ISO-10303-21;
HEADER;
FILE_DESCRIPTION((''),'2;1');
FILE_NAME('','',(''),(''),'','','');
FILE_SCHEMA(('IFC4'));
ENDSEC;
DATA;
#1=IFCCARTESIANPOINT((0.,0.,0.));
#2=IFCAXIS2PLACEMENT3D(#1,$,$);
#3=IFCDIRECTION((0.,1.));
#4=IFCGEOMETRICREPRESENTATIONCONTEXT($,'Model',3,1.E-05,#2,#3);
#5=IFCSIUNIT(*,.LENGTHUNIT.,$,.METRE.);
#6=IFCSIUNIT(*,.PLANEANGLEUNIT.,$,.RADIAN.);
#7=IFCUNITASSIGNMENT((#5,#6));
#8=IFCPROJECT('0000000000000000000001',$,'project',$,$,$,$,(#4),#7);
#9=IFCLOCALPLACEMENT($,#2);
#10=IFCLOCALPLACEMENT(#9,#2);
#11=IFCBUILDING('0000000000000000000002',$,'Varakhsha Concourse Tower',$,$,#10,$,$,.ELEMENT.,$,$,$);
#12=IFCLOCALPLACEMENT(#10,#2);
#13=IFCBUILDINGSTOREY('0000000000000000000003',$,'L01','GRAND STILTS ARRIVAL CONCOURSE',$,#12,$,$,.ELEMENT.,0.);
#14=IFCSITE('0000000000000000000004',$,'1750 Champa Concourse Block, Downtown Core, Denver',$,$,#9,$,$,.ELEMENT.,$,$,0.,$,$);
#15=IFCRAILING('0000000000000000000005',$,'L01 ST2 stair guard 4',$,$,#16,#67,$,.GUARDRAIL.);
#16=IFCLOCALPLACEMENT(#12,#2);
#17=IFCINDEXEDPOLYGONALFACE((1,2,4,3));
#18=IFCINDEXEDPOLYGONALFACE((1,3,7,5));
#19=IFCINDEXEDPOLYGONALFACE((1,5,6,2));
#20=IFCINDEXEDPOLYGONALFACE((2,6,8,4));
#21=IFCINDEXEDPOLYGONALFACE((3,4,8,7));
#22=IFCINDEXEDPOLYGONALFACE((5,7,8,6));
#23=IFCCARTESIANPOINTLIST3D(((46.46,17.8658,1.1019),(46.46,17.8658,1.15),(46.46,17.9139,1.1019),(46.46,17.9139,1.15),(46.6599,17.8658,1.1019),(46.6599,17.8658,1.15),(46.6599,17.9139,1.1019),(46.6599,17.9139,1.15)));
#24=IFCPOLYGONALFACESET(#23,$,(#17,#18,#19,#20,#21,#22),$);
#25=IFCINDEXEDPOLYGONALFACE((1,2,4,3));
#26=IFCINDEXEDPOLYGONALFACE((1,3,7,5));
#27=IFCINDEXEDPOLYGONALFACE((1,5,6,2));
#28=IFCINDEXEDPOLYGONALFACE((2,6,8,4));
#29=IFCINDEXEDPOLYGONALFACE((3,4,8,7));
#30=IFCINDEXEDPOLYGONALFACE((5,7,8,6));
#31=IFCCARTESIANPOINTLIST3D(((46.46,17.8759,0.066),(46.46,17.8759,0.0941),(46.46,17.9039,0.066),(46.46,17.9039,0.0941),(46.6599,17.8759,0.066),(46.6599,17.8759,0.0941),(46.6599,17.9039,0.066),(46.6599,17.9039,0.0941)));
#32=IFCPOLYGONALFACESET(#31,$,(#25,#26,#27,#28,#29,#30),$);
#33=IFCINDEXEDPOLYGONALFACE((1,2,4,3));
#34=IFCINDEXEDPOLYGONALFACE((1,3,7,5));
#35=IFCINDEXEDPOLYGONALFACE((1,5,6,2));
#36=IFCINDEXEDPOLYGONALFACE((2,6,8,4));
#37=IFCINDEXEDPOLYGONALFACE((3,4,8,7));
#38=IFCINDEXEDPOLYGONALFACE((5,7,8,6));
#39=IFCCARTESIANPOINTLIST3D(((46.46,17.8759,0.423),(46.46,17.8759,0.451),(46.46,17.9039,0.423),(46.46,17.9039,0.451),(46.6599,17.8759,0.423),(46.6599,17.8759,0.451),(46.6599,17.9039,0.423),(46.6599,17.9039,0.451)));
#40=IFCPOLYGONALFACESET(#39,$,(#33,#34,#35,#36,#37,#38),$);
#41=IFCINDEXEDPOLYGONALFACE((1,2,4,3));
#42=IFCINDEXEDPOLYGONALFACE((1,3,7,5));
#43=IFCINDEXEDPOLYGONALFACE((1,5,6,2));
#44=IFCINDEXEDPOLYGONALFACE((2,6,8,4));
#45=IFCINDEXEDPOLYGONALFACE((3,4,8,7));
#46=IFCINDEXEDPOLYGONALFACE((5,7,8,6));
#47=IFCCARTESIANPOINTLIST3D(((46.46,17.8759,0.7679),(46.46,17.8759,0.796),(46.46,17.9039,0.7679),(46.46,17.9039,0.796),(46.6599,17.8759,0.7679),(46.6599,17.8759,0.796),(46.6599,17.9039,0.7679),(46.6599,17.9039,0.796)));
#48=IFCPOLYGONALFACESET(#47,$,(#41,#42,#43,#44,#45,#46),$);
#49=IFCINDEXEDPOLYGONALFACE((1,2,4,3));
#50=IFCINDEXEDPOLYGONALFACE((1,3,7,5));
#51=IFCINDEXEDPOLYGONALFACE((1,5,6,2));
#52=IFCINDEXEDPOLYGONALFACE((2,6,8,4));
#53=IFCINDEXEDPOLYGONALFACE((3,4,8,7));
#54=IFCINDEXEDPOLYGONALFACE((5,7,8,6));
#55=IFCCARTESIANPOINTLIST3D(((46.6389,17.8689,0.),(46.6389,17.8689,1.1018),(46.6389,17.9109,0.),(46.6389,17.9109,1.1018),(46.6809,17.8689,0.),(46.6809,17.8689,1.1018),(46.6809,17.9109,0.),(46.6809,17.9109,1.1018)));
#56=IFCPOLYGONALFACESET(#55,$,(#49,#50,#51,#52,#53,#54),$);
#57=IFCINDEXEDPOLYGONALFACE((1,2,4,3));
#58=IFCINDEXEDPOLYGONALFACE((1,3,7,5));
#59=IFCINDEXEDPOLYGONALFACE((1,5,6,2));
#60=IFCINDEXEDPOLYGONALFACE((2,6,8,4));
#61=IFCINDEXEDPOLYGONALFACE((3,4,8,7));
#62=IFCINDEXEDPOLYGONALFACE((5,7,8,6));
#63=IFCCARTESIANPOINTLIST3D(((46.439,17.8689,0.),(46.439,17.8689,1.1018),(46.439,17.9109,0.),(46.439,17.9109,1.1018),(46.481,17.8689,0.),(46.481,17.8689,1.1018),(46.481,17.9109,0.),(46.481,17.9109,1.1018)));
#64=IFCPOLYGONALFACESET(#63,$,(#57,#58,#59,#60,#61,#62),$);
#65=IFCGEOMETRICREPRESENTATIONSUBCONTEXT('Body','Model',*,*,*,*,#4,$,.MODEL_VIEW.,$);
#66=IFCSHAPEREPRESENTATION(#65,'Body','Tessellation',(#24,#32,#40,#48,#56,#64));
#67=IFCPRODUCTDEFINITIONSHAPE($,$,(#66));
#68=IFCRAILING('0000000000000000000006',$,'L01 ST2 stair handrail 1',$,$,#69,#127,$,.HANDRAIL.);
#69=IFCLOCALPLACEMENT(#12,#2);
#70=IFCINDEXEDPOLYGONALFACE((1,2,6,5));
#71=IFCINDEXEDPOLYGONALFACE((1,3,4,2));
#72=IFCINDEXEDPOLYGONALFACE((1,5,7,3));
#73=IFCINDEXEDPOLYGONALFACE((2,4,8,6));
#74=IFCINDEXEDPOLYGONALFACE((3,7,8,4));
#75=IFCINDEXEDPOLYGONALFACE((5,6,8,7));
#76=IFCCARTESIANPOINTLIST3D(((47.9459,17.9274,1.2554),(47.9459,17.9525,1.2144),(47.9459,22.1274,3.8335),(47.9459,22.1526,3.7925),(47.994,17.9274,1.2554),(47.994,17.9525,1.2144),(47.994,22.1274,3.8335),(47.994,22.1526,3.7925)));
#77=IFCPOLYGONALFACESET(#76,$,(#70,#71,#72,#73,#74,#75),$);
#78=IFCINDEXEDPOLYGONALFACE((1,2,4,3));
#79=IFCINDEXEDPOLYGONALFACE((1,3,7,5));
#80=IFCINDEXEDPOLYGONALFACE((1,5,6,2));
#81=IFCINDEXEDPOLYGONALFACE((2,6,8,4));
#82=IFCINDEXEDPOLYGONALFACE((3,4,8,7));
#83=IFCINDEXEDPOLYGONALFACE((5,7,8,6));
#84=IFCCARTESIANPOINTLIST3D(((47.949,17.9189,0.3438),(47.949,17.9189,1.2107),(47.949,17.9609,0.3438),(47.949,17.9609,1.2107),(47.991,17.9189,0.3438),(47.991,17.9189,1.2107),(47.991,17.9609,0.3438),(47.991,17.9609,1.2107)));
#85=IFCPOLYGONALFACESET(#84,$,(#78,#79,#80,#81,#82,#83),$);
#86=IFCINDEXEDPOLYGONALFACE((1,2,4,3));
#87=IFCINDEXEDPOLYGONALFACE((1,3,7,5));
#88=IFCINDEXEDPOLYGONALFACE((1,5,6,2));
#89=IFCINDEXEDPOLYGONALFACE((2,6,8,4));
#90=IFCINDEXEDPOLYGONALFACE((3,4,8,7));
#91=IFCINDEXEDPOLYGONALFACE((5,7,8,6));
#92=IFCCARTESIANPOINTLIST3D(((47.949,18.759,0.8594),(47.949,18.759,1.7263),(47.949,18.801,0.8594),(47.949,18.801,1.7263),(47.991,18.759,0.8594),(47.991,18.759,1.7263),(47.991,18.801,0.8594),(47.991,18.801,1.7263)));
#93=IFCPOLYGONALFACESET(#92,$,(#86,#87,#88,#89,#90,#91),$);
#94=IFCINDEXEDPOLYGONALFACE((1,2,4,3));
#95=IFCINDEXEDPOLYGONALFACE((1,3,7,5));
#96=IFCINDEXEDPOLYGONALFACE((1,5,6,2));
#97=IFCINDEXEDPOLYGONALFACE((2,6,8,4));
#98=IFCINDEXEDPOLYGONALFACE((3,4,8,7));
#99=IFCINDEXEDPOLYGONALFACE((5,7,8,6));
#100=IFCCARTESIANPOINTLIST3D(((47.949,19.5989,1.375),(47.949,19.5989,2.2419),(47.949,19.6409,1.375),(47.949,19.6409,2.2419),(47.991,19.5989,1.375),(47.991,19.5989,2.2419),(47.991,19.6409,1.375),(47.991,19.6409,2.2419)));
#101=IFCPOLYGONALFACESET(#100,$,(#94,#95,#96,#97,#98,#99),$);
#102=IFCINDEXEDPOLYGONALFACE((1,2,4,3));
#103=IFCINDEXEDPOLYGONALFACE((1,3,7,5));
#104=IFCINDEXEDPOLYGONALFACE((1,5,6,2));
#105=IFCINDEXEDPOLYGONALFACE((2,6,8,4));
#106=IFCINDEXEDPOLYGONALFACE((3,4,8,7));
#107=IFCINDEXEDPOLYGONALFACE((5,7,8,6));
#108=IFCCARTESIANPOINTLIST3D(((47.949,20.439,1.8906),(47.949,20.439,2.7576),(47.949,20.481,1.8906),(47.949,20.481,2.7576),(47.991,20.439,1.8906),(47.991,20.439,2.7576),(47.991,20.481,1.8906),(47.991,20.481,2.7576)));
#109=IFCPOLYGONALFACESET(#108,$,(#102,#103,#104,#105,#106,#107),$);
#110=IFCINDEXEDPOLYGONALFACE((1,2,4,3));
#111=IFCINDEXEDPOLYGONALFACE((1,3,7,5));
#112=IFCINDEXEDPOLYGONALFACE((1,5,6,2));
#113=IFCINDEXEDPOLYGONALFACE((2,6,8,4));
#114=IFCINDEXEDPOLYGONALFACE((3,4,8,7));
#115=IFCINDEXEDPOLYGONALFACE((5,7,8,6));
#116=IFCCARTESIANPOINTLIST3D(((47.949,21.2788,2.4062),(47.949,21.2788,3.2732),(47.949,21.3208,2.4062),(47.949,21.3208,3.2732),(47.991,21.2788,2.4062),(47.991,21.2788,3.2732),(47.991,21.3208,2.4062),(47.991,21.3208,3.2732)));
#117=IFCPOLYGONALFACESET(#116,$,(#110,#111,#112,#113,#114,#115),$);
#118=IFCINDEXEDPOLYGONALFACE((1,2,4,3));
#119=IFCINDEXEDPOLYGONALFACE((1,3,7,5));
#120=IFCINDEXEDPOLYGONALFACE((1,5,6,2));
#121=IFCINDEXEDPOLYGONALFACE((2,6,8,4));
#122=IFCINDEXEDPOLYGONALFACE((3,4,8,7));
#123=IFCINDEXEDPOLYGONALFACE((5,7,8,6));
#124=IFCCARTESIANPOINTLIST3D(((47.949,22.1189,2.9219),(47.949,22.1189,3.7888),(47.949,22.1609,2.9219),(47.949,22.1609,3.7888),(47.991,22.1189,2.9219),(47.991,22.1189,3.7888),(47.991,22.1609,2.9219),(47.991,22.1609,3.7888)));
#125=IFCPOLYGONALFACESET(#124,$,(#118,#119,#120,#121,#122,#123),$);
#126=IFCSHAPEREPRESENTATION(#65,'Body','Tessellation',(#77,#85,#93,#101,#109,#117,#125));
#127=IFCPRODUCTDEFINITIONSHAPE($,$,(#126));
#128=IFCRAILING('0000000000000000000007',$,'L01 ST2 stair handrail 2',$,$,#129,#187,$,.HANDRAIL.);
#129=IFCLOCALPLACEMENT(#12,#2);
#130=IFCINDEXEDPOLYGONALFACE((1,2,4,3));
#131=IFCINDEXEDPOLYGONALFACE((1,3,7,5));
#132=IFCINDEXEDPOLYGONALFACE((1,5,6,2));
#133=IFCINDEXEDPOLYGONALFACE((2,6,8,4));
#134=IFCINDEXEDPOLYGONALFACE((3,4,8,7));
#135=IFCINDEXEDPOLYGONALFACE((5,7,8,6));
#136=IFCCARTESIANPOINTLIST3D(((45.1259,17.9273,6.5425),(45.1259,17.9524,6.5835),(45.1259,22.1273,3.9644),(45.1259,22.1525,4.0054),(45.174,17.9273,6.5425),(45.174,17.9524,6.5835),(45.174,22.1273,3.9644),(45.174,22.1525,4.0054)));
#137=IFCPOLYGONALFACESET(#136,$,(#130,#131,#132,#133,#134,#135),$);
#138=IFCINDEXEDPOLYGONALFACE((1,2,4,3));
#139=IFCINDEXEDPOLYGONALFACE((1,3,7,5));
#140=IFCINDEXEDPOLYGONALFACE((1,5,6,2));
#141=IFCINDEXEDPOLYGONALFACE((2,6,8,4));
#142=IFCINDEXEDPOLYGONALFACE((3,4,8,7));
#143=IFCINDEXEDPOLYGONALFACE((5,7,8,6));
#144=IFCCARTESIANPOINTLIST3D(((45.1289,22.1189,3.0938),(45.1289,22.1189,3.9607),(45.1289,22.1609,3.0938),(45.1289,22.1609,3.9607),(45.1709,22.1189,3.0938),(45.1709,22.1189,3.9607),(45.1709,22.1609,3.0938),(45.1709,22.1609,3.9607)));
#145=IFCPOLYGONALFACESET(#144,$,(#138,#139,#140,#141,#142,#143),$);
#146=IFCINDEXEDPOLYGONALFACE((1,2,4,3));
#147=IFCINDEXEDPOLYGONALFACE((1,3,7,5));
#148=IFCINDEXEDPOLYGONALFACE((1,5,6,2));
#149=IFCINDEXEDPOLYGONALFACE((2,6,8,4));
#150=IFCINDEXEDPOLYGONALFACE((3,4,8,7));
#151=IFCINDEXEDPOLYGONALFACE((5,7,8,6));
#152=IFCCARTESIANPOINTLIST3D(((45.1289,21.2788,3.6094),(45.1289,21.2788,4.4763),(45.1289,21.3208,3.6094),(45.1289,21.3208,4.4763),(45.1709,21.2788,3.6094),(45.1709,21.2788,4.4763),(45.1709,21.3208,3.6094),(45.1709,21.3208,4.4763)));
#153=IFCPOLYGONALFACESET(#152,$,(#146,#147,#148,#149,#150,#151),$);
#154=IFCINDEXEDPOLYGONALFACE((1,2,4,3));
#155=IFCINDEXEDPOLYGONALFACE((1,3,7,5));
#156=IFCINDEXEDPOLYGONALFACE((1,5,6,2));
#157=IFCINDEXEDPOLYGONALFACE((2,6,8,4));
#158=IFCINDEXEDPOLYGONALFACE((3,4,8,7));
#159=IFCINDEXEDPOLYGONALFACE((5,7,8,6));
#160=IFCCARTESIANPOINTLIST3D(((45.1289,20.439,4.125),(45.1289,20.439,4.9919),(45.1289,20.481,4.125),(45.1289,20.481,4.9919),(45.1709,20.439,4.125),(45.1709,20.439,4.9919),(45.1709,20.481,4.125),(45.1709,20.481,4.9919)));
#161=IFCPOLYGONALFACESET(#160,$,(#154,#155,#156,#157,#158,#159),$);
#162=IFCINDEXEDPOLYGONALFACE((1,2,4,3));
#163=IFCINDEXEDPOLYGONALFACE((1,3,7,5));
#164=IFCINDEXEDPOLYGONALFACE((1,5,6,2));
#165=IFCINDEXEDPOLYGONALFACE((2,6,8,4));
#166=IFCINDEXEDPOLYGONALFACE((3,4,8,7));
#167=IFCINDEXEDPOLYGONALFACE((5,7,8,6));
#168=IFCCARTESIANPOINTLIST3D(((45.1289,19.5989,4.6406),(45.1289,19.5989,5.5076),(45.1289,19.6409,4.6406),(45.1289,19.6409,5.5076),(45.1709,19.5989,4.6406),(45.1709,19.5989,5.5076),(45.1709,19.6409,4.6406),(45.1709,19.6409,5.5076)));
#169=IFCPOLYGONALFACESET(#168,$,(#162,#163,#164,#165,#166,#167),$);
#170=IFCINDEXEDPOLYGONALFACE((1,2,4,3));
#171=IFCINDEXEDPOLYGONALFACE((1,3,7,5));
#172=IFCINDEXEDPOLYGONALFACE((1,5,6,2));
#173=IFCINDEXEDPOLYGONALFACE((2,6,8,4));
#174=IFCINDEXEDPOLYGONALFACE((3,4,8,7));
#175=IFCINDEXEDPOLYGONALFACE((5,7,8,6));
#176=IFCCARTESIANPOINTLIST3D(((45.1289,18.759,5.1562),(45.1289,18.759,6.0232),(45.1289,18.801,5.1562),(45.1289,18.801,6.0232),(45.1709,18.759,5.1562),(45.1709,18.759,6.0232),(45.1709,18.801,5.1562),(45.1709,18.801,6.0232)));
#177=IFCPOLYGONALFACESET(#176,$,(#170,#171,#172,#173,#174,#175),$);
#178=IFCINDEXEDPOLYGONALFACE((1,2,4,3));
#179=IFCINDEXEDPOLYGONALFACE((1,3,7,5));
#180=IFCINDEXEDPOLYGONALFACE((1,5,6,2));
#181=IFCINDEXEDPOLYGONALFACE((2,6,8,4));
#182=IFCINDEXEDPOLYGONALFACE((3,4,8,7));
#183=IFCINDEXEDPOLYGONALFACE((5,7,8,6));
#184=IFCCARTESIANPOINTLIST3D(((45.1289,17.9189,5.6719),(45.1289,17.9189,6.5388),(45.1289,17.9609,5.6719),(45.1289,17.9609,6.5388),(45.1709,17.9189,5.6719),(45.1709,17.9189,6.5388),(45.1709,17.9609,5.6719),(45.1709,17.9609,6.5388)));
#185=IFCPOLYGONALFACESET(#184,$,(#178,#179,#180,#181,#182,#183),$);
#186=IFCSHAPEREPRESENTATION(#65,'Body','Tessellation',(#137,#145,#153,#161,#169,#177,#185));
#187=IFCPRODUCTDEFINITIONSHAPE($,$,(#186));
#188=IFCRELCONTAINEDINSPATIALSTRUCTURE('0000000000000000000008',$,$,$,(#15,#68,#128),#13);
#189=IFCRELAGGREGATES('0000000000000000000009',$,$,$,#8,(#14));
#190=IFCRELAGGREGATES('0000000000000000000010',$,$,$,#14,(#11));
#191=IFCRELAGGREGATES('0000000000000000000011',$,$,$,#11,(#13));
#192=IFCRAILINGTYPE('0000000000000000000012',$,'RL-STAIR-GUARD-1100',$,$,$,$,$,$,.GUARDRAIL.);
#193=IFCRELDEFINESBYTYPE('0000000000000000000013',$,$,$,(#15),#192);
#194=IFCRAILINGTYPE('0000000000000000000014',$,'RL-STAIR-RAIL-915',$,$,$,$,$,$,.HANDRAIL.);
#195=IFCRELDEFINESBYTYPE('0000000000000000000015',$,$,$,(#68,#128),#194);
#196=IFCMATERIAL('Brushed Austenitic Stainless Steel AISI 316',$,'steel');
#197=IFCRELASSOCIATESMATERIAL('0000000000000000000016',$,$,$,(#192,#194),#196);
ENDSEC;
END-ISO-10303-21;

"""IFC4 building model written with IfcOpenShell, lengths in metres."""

from ifc_helpers import new_model, si_unit, direction, frame, origin, origin_2d, place, context, subcontext, project, spatial, rectangle, extrude, material, type_object, element, save


model = new_model("IFC4")

# Units and contexts
model_context = context("Model", 3, precision=1e-05, world=origin(), true_north=direction((0.0, 1.0)))
body_context = subcontext(model_context, "Body", "Model", "MODEL_VIEW")
ifc_project = project(units=[si_unit("LENGTHUNIT", "METRE"), si_unit("PLANEANGLEUNIT", "RADIAN")], contexts=[model_context])

# Site, building, storey
site_placement = place(None, origin())
site = spatial("IfcSite", under=ifc_project, at=site_placement, Name="1750 Champa Concourse Block, Downtown Core, Denver", CompositionType="ELEMENT", RefElevation=0.0)
building_placement = place(site_placement, origin())
building = spatial("IfcBuilding", under=site, at=building_placement, Name="Varakhsha Concourse Tower", CompositionType="ELEMENT")
storey_placement = place(building_placement, origin())
storey = spatial("IfcBuildingStorey", under=building, at=storey_placement, Name="L01", Description="GRAND STILTS ARRIVAL CONCOURSE", CompositionType="ELEMENT", Elevation=0.0)

# Railings
ifc_material_1 = material(Name="Brushed Austenitic Stainless Steel AISI 316", Category="steel")
railing_type_1 = type_object("IfcRailingType", Name="RL-STAIR-GUARD-1100", PredefinedType="GUARDRAIL", material=ifc_material_1)
railing_1_placement = place(storey_placement, frame((46.6599, 17.8899, 0.0)))
element("IfcRailing", 1, at=railing_1_placement, inside=storey, type_object=railing_type_1, Name="L01 ST2 stair guard 4", PredefinedType="GUARDRAIL", context=body_context, shape_type="SweptSolid", body=[
    extrude(rectangle(XDim=0.0481, YDim=0.0481, at=origin_2d()), frame((0.0, 0.0, 1.126), z_axis=(-1.0, 0.0, 0.0), x_axis=(0.0, -1.0, 0.0)), (0.0, 0.0, 1.0), 0.2),
    extrude(rectangle(XDim=0.0281, YDim=0.0281, at=origin_2d()), frame((0.0, 0.0, 0.0801), z_axis=(-1.0, 0.0, 0.0), x_axis=(0.0, -1.0, 0.0)), (0.0, 0.0, 1.0), 0.2),
    extrude(rectangle(XDim=0.0281, YDim=0.0281, at=origin_2d()), frame((0.0, 0.0, 0.437), z_axis=(-1.0, 0.0, 0.0), x_axis=(0.0, -1.0, 0.0)), (0.0, 0.0, 1.0), 0.2),
    extrude(rectangle(XDim=0.0281, YDim=0.0281, at=origin_2d()), frame((0.0, 0.0, 0.782), z_axis=(-1.0, 0.0, 0.0), x_axis=(0.0, -1.0, 0.0)), (0.0, 0.0, 1.0), 0.2),
    extrude(rectangle(XDim=0.042, YDim=0.042, at=origin_2d()), origin(), (0.0, 0.0, 1.0), 1.1018),
    extrude(rectangle(XDim=0.042, YDim=0.042, at=origin_2d()), frame((-0.2, 0.0, 0.0)), (0.0, 0.0, 1.0), 1.1018),
])
railing_type_2 = type_object("IfcRailingType", Name="RL-STAIR-RAIL-915", PredefinedType="HANDRAIL", material=ifc_material_1)
railing_2_placement = place(storey_placement, frame((47.97, 17.9399, 0.3438)))
element("IfcRailing", 2, at=railing_2_placement, inside=storey, type_object=railing_type_2, Name="L01 ST2 stair handrail 1", PredefinedType="HANDRAIL", context=body_context, shape_type="SweptSolid", body=[
    extrude(rectangle(XDim=0.0481, YDim=0.0481, at=origin_2d()), frame((0.0, 0.0, 0.8911), z_axis=(0.0, 0.852243, 0.523146), x_axis=(-1.0, 0.0, 0.0)), (0.0, 0.0, 1.0), 4.9282),
    extrude(rectangle(XDim=0.042, YDim=0.042, at=origin_2d()), origin(), (0.0, 0.0, 1.0), 0.8669),
    extrude(rectangle(XDim=0.042, YDim=0.042, at=origin_2d()), frame((0.0, 0.8401, 0.5156)), (0.0, 0.0, 1.0), 0.8669),
    extrude(rectangle(XDim=0.042, YDim=0.042, at=origin_2d()), frame((0.0, 1.6799, 1.0312)), (0.0, 0.0, 1.0), 0.8669),
    extrude(rectangle(XDim=0.042, YDim=0.042, at=origin_2d()), frame((0.0, 2.52, 1.5469)), (0.0, 0.0, 1.0), 0.8669),
    extrude(rectangle(XDim=0.042, YDim=0.042, at=origin_2d()), frame((0.0, 3.3599, 2.0625)), (0.0, 0.0, 1.0), 0.8669),
    extrude(rectangle(XDim=0.042, YDim=0.042, at=origin_2d()), frame((0.0, 4.2, 2.5781)), (0.0, 0.0, 1.0), 0.8669),
])
railing_3_placement = place(storey_placement, frame((45.1499, 22.1399, 3.0938)))
element("IfcRailing", 3, at=railing_3_placement, inside=storey, type_object=railing_type_2, Name="L01 ST2 stair handrail 2", PredefinedType="HANDRAIL", context=body_context, shape_type="SweptSolid", body=[
    extrude(rectangle(XDim=0.0481, YDim=0.0481, at=origin_2d()), frame((0.0, 0.0, 0.8911), z_axis=(0.0, -0.852243, 0.523146), x_axis=(1.0, 0.0, 0.0)), (0.0, 0.0, 1.0), 4.9282),
    extrude(rectangle(XDim=0.042, YDim=0.042, at=origin_2d()), origin(), (0.0, 0.0, 1.0), 0.8669),
    extrude(rectangle(XDim=0.042, YDim=0.042, at=origin_2d()), frame((0.0, -0.8401, 0.5156)), (0.0, 0.0, 1.0), 0.8669),
    extrude(rectangle(XDim=0.042, YDim=0.042, at=origin_2d()), frame((0.0, -1.6799, 1.0312)), (0.0, 0.0, 1.0), 0.8669),
    extrude(rectangle(XDim=0.042, YDim=0.042, at=origin_2d()), frame((0.0, -2.52, 1.5469)), (0.0, 0.0, 1.0), 0.8669),
    extrude(rectangle(XDim=0.042, YDim=0.042, at=origin_2d()), frame((0.0, -3.3599, 2.0625)), (0.0, 0.0, 1.0), 0.8669),
    extrude(rectangle(XDim=0.042, YDim=0.042, at=origin_2d()), frame((0.0, -4.2, 2.5781)), (0.0, 0.0, 1.0), 0.8669),
])

save(model, "model.ifc")
